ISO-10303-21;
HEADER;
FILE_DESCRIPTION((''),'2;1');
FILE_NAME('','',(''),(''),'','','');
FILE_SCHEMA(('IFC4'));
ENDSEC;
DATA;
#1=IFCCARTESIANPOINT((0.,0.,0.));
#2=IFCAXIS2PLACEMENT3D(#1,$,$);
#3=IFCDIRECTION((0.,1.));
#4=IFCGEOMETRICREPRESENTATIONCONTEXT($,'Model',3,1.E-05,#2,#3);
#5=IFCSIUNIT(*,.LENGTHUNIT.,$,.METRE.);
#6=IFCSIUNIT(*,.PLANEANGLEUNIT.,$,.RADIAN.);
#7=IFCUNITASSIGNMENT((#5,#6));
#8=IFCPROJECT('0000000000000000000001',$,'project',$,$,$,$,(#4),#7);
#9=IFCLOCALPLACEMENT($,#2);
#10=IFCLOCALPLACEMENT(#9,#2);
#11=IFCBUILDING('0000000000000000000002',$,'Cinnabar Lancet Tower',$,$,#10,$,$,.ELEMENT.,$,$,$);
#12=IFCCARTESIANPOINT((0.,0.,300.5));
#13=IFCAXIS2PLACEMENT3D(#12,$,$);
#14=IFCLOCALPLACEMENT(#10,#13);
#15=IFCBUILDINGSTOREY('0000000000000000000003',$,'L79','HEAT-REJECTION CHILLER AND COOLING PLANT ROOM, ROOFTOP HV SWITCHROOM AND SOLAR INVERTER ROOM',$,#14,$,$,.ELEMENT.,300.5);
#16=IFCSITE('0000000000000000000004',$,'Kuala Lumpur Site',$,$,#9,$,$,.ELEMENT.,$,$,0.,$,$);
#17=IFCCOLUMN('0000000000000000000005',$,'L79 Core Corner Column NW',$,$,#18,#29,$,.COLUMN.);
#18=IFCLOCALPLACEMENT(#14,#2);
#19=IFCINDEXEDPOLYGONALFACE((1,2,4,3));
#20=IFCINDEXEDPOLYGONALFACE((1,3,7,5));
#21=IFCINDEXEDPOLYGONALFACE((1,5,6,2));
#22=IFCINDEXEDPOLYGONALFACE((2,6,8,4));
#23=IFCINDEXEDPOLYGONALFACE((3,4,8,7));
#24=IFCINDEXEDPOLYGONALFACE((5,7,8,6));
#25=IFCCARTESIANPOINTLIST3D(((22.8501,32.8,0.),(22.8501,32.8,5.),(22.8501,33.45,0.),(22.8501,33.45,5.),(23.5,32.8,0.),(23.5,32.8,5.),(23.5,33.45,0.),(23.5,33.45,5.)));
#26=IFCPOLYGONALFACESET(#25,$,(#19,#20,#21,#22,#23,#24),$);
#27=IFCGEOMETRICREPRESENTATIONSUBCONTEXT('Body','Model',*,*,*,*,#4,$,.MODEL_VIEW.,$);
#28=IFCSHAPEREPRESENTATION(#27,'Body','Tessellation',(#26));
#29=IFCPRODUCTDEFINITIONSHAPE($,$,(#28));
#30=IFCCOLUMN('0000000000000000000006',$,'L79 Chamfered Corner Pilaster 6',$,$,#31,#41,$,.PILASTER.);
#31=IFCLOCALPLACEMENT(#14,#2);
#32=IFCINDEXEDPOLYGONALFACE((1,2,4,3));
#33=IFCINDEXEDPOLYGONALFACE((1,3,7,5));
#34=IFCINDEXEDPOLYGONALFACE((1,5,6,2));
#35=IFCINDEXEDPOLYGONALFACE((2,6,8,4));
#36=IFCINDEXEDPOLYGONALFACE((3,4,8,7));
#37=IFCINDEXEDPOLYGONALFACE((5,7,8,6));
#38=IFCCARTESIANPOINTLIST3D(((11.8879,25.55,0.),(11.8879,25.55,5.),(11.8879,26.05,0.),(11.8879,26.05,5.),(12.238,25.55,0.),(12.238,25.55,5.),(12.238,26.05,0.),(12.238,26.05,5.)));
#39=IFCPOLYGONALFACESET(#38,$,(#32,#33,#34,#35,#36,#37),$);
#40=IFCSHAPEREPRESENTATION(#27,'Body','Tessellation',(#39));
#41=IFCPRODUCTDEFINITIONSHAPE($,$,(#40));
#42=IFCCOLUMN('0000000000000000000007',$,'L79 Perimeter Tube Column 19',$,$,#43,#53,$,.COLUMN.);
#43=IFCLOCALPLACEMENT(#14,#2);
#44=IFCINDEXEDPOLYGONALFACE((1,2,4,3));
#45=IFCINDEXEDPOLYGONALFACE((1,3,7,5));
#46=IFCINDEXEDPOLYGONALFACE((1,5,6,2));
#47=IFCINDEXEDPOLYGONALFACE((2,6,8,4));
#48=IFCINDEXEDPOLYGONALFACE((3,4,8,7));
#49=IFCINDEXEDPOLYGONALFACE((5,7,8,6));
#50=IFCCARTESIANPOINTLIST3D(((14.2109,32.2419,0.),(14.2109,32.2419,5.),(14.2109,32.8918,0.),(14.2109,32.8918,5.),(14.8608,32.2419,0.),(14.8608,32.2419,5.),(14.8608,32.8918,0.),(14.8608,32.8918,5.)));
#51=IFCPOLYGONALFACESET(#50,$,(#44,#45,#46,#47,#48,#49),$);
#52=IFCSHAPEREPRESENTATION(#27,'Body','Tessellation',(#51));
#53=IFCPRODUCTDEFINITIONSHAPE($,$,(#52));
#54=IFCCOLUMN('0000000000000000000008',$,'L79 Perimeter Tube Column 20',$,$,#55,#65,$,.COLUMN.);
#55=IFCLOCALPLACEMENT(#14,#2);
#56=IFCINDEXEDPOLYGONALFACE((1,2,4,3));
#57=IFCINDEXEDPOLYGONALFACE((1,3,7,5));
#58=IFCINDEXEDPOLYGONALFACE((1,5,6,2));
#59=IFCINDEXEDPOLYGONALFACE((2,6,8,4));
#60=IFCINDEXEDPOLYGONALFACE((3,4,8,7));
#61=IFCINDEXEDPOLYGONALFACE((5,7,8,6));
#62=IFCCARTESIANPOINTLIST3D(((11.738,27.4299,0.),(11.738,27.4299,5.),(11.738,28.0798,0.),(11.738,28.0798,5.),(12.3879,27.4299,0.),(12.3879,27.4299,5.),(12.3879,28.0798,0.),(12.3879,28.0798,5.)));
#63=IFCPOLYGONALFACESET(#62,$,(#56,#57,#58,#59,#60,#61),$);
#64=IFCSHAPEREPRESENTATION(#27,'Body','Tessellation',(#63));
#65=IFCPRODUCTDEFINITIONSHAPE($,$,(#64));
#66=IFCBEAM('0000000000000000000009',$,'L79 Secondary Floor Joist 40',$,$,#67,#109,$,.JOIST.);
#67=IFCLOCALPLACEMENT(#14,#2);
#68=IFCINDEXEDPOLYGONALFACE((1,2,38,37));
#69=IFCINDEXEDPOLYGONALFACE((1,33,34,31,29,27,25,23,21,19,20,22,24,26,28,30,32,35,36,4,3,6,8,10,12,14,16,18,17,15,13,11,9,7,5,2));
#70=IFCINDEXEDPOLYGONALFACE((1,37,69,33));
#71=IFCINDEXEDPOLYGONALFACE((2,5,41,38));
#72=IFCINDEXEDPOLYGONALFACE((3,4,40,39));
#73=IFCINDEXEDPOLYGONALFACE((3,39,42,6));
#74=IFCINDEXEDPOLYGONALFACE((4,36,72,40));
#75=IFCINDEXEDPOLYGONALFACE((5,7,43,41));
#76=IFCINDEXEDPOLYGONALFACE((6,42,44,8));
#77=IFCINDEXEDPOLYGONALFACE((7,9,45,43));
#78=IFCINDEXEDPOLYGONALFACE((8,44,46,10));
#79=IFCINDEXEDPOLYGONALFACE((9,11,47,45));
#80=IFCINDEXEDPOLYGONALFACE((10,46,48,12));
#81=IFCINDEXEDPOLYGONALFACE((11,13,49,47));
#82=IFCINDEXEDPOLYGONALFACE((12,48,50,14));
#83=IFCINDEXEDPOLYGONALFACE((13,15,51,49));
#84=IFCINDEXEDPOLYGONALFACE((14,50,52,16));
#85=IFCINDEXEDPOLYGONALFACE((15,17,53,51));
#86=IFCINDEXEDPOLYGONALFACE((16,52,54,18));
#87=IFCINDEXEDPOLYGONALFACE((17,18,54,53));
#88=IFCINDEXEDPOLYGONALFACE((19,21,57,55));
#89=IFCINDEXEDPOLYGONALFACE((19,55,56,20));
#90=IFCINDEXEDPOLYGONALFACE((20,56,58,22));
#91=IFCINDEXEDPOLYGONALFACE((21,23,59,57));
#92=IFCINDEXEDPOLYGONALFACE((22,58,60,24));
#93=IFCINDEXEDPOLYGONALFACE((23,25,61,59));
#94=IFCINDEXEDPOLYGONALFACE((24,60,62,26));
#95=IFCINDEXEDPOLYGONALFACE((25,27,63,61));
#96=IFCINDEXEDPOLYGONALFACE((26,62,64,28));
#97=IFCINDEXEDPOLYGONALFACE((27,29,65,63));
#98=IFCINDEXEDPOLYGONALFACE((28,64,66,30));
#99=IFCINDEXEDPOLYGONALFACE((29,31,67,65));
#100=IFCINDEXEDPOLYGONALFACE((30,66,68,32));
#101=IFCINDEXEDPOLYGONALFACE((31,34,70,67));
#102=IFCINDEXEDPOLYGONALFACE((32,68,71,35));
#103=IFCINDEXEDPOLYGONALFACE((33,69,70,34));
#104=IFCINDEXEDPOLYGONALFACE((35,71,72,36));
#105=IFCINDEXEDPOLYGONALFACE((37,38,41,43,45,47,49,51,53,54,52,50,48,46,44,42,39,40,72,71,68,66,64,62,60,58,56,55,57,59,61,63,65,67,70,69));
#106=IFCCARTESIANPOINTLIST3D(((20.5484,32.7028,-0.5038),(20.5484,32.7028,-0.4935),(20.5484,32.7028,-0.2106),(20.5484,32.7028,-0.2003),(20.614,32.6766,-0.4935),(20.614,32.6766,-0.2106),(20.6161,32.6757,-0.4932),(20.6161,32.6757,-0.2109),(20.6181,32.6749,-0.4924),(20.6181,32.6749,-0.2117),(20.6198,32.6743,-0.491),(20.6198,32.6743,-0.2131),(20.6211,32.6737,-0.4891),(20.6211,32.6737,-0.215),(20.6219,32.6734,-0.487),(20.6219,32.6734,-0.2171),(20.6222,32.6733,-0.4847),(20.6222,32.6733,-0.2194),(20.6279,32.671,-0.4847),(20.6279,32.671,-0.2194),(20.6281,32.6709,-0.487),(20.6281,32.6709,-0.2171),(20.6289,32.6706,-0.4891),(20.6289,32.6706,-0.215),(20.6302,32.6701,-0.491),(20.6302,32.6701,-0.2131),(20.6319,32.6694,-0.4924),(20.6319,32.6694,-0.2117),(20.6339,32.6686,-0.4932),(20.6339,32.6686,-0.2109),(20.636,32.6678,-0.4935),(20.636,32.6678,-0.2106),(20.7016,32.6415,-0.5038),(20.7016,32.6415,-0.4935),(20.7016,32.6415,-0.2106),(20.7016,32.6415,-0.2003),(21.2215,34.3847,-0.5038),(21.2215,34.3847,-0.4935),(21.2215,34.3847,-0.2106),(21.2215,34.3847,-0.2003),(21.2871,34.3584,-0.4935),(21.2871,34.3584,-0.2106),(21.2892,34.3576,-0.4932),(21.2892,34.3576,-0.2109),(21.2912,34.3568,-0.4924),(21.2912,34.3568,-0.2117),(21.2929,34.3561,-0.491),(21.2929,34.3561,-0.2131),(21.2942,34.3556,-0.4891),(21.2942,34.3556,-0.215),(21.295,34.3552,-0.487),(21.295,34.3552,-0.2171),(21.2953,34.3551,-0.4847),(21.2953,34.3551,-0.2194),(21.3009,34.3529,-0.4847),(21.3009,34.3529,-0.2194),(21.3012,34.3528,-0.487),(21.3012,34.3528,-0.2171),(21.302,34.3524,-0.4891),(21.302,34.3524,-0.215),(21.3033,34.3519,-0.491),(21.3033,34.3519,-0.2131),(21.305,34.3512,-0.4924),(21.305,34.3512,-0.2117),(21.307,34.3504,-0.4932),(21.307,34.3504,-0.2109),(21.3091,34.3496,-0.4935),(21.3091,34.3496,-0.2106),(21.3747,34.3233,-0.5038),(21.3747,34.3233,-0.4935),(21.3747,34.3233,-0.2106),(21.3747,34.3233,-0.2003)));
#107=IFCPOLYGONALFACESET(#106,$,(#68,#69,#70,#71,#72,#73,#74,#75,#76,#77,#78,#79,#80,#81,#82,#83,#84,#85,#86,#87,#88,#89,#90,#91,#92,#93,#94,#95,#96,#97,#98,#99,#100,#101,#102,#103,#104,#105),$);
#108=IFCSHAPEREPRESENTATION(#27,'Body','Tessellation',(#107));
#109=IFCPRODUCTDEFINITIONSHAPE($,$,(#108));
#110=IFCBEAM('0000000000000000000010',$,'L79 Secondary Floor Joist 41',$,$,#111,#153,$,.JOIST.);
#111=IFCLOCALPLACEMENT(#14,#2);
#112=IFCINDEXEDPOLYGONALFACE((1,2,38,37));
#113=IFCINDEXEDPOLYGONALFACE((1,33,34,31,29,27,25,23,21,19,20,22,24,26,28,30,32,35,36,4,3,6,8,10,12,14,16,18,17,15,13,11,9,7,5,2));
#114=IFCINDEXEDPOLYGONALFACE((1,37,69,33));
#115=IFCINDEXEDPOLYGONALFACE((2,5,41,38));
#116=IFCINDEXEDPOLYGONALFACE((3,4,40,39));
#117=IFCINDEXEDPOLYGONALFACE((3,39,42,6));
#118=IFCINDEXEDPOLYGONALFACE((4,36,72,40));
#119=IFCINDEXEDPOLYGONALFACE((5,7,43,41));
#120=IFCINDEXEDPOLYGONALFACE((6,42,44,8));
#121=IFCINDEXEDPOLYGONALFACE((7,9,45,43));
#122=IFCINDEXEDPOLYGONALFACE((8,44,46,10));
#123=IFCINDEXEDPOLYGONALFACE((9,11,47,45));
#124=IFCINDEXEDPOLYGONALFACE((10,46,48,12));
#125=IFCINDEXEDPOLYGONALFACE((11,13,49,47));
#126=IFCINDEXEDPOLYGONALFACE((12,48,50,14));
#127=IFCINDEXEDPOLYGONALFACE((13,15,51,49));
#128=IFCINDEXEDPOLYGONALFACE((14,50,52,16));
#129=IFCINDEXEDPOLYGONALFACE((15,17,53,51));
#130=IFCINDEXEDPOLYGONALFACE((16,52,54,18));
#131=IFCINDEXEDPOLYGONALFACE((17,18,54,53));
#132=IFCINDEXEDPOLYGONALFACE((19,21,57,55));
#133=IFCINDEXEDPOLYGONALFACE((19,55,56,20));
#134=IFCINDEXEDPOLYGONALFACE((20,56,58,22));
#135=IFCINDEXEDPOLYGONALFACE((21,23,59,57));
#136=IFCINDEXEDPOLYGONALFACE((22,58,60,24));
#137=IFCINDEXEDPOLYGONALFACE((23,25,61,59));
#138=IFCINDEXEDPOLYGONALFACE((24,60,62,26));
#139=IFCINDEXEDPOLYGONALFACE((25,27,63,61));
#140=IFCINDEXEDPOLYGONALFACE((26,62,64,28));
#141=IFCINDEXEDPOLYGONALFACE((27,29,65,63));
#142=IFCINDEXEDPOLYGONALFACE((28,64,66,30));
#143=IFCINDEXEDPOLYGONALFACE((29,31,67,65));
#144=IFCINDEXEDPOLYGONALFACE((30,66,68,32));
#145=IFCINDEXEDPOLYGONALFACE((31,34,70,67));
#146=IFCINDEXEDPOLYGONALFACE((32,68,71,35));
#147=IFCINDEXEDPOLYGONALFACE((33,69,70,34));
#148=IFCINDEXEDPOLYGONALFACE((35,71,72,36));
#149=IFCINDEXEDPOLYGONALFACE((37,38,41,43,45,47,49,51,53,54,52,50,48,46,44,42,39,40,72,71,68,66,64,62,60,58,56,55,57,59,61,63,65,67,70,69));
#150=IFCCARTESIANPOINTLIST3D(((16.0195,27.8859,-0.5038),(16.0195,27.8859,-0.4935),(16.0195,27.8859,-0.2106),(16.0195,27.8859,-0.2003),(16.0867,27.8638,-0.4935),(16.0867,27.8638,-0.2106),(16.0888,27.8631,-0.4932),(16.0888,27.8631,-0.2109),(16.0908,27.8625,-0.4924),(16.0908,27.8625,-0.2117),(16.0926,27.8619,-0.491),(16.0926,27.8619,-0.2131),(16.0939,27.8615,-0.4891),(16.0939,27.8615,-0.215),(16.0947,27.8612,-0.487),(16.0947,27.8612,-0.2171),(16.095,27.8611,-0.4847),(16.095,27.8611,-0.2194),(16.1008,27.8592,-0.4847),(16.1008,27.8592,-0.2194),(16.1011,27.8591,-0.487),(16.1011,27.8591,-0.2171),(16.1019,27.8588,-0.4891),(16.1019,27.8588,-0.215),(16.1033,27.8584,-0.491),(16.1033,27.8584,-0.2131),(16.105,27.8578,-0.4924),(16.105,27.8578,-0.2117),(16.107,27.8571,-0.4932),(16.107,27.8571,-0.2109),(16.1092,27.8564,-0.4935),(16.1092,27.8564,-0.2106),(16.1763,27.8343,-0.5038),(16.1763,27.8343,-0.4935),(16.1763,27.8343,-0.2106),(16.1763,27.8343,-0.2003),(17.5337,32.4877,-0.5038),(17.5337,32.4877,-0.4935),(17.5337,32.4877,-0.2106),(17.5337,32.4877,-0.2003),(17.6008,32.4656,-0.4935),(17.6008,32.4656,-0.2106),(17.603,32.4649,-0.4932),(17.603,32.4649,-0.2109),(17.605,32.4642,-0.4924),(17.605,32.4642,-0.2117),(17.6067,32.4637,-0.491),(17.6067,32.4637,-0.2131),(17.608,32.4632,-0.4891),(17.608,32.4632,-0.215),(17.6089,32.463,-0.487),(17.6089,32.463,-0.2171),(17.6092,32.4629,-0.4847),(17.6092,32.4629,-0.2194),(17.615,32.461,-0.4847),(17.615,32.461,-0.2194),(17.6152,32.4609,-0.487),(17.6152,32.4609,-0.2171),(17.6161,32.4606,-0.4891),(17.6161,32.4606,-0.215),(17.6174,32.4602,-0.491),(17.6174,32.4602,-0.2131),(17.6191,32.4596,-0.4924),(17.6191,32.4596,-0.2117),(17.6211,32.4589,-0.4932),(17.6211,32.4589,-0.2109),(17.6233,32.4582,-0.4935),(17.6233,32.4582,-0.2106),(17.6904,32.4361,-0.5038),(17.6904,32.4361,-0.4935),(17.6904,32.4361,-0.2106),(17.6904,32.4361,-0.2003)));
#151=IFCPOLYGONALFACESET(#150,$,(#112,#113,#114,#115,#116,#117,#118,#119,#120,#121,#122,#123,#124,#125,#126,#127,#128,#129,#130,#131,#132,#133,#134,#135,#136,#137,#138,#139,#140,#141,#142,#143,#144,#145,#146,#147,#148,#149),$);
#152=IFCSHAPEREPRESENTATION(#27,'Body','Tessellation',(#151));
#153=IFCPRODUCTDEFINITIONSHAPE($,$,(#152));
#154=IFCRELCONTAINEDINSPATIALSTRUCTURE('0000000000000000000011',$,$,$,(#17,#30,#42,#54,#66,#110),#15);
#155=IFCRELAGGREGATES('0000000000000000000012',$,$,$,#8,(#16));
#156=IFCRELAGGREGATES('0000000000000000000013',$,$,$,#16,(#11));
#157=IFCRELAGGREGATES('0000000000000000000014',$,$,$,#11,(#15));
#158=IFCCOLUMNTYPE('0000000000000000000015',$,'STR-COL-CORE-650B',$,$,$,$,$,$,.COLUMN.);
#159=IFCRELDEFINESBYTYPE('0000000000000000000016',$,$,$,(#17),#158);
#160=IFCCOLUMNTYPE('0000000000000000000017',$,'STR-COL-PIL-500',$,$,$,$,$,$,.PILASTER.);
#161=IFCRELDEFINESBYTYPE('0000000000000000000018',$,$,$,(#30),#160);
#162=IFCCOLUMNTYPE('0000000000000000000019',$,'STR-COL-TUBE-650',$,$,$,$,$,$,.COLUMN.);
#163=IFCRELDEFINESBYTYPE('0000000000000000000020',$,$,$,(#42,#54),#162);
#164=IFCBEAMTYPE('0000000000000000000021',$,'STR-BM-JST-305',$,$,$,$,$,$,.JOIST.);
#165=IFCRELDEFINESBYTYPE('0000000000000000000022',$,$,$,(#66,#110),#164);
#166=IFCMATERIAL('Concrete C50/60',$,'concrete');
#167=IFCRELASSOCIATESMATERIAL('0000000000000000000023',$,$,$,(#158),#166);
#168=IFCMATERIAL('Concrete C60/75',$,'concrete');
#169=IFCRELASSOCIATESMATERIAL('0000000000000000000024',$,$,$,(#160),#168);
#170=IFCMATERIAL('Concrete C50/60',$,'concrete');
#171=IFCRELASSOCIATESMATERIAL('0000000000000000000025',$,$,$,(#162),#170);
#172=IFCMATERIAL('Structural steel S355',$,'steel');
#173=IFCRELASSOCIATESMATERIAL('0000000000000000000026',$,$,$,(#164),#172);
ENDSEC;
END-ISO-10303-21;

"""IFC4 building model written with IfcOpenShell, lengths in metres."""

from ifc_helpers import new_model, si_unit, direction, frame, origin, origin_2d, place, context, subcontext, project, spatial, rectangle, i_section, extrude, material, material_profile, profile_set, type_object, element, save


model = new_model("IFC4")

# Units and contexts
model_context = context("Model", 3, precision=1e-05, world=origin(), true_north=direction((0.0, 1.0)))
body_context = subcontext(model_context, "Body", "Model", "MODEL_VIEW")
ifc_project = project(units=[si_unit("LENGTHUNIT", "METRE"), si_unit("PLANEANGLEUNIT", "RADIAN")], contexts=[model_context])

# Site, building, storey
site_placement = place(None, origin())
site = spatial("IfcSite", under=ifc_project, at=site_placement, Name="Kuala Lumpur Site", CompositionType="ELEMENT", RefElevation=0.0)
building_placement = place(site_placement, origin())
building = spatial("IfcBuilding", under=site, at=building_placement, Name="Cinnabar Lancet Tower", CompositionType="ELEMENT")
storey_placement = place(building_placement, frame((0.0, 0.0, 300.5)))
storey = spatial("IfcBuildingStorey", under=building, at=storey_placement, Name="L79", Description="HEAT-REJECTION CHILLER AND COOLING PLANT ROOM, ROOFTOP HV SWITCHROOM AND SOLAR INVERTER ROOM", CompositionType="ELEMENT", Elevation=300.5)

# Columns
ifc_material_1 = material(Name="Concrete C50/60", Category="concrete")
ifc_material_profile_1 = material_profile(ifc_material_1, rectangle(XDim=0.6499, YDim=0.6499, at=origin_2d()), Name="RC-COL 650x650")
ifc_profile_set_1 = profile_set([ifc_material_profile_1], Name="Concrete C50/60")
column_type_1 = type_object("IfcColumnType", Name="STR-COL-CORE-650B", PredefinedType="COLUMN", material=ifc_profile_set_1)
column_1_placement = place(storey_placement, frame((23.175, 33.125, 0.0), z_axis=(0.0, 0.0, 1.0), x_axis=(1.0, 0.0, 0.0)))
element("IfcColumn", 1, at=column_1_placement, inside=storey, type_object=column_type_1, Name="L79 Core Corner Column NW", PredefinedType="COLUMN", context=body_context, shape_type="SweptSolid", body=[
    extrude(rectangle(XDim=0.6499, YDim=0.6499, at=origin_2d()), origin(), (0.0, 0.0, 1.0), 5.0),
])
ifc_material_2 = material(Name="Concrete C60/75", Category="concrete")
ifc_material_profile_2 = material_profile(ifc_material_2, rectangle(XDim=0.5, YDim=0.3501, at=origin_2d()), Name="RC-PIL 500x350")
ifc_profile_set_2 = profile_set([ifc_material_profile_2], Name="Concrete C60/75")
column_type_2 = type_object("IfcColumnType", Name="STR-COL-PIL-500", PredefinedType="PILASTER", material=ifc_profile_set_2)
column_2_placement = place(storey_placement, frame((12.063, 25.8, 0.0), z_axis=(0.0, 0.0, 1.0), x_axis=(0.0, -1.0, 0.0)))
element("IfcColumn", 2, at=column_2_placement, inside=storey, type_object=column_type_2, Name="L79 Chamfered Corner Pilaster 6", PredefinedType="PILASTER", context=body_context, shape_type="SweptSolid", body=[
    extrude(rectangle(XDim=0.5, YDim=0.3501, at=origin_2d()), origin(), (0.0, 0.0, 1.0), 5.0),
])
ifc_material_3 = material(Name="Concrete C50/60", Category="concrete")
ifc_material_profile_3 = material_profile(ifc_material_3, rectangle(XDim=0.6499, YDim=0.6499, at=origin_2d()), Name="RC-COL 650x650")
ifc_profile_set_3 = profile_set([ifc_material_profile_3], Name="Concrete C50/60")
column_type_3 = type_object("IfcColumnType", Name="STR-COL-TUBE-650", PredefinedType="COLUMN", material=ifc_profile_set_3)
for number, where, z_axis, x_axis, name in (
    (3, (14.5359, 32.5669, 0.0), (0.0, 0.0, 1.0), (1.0, 0.0, 0.0), "L79 Perimeter Tube Column 19"),
    (4, (12.063, 27.7549, 0.0), (0.0, 0.0, 1.0), (1.0, 0.0, 0.0), "L79 Perimeter Tube Column 20"),
):
    element("IfcColumn", number, at=place(storey_placement, frame(where, z_axis=z_axis, x_axis=x_axis)), inside=storey, type_object=column_type_3, Name=name, PredefinedType="COLUMN", context=body_context, shape_type="SweptSolid", body=[
        extrude(rectangle(XDim=0.6499, YDim=0.6499, at=origin_2d()), origin(), (0.0, 0.0, 1.0), 5.0),
    ])

# Beams
ifc_material_4 = material(Name="Structural steel S355", Category="steel")
ifc_material_profile_4 = material_profile(ifc_material_4, i_section(OverallWidth=0.165, OverallDepth=0.3035, WebThickness=0.0061, FlangeThickness=0.0103, FilletRadius=0.0088, at=origin_2d()), Name="UKB 305x165x40")
ifc_profile_set_4 = profile_set([ifc_material_profile_4], Name="Structural steel S355")
beam_type_1 = type_object("IfcBeamType", Name="STR-BM-JST-305", PredefinedType="JOIST", material=ifc_profile_set_4)
beam_1_placement = place(storey_placement, frame((21.2981, 34.354, -0.3521), z_axis=(-0.371553, -0.928412, 0.0), x_axis=(0.928412, -0.371553, 0.0)))
element("IfcBeam", 5, at=beam_1_placement, inside=storey, type_object=beam_type_1, Name="L79 Secondary Floor Joist 40", PredefinedType="JOIST", context=body_context, shape_type="SweptSolid", body=[
    extrude(i_section(OverallWidth=0.165, OverallDepth=0.3035, WebThickness=0.0061, FlangeThickness=0.0103, FilletRadius=0.0088, at=origin_2d()), origin(), (0.0, 0.0, 1.0), 1.8115),
])
beam_2_placement = place(storey_placement, frame((17.6121, 32.4619, -0.3521), z_axis=(-0.312552, -0.949901, 0.0), x_axis=(0.949901, -0.312552, 0.0)))
element("IfcBeam", 6, at=beam_2_placement, inside=storey, type_object=beam_type_1, Name="L79 Secondary Floor Joist 41", PredefinedType="JOIST", context=body_context, shape_type="SweptSolid", body=[
    extrude(i_section(OverallWidth=0.165, OverallDepth=0.3035, WebThickness=0.0061, FlangeThickness=0.0103, FilletRadius=0.0088, at=origin_2d()), origin(), (0.0, 0.0, 1.0), 4.8445),
])

save(model, "model.ifc")
